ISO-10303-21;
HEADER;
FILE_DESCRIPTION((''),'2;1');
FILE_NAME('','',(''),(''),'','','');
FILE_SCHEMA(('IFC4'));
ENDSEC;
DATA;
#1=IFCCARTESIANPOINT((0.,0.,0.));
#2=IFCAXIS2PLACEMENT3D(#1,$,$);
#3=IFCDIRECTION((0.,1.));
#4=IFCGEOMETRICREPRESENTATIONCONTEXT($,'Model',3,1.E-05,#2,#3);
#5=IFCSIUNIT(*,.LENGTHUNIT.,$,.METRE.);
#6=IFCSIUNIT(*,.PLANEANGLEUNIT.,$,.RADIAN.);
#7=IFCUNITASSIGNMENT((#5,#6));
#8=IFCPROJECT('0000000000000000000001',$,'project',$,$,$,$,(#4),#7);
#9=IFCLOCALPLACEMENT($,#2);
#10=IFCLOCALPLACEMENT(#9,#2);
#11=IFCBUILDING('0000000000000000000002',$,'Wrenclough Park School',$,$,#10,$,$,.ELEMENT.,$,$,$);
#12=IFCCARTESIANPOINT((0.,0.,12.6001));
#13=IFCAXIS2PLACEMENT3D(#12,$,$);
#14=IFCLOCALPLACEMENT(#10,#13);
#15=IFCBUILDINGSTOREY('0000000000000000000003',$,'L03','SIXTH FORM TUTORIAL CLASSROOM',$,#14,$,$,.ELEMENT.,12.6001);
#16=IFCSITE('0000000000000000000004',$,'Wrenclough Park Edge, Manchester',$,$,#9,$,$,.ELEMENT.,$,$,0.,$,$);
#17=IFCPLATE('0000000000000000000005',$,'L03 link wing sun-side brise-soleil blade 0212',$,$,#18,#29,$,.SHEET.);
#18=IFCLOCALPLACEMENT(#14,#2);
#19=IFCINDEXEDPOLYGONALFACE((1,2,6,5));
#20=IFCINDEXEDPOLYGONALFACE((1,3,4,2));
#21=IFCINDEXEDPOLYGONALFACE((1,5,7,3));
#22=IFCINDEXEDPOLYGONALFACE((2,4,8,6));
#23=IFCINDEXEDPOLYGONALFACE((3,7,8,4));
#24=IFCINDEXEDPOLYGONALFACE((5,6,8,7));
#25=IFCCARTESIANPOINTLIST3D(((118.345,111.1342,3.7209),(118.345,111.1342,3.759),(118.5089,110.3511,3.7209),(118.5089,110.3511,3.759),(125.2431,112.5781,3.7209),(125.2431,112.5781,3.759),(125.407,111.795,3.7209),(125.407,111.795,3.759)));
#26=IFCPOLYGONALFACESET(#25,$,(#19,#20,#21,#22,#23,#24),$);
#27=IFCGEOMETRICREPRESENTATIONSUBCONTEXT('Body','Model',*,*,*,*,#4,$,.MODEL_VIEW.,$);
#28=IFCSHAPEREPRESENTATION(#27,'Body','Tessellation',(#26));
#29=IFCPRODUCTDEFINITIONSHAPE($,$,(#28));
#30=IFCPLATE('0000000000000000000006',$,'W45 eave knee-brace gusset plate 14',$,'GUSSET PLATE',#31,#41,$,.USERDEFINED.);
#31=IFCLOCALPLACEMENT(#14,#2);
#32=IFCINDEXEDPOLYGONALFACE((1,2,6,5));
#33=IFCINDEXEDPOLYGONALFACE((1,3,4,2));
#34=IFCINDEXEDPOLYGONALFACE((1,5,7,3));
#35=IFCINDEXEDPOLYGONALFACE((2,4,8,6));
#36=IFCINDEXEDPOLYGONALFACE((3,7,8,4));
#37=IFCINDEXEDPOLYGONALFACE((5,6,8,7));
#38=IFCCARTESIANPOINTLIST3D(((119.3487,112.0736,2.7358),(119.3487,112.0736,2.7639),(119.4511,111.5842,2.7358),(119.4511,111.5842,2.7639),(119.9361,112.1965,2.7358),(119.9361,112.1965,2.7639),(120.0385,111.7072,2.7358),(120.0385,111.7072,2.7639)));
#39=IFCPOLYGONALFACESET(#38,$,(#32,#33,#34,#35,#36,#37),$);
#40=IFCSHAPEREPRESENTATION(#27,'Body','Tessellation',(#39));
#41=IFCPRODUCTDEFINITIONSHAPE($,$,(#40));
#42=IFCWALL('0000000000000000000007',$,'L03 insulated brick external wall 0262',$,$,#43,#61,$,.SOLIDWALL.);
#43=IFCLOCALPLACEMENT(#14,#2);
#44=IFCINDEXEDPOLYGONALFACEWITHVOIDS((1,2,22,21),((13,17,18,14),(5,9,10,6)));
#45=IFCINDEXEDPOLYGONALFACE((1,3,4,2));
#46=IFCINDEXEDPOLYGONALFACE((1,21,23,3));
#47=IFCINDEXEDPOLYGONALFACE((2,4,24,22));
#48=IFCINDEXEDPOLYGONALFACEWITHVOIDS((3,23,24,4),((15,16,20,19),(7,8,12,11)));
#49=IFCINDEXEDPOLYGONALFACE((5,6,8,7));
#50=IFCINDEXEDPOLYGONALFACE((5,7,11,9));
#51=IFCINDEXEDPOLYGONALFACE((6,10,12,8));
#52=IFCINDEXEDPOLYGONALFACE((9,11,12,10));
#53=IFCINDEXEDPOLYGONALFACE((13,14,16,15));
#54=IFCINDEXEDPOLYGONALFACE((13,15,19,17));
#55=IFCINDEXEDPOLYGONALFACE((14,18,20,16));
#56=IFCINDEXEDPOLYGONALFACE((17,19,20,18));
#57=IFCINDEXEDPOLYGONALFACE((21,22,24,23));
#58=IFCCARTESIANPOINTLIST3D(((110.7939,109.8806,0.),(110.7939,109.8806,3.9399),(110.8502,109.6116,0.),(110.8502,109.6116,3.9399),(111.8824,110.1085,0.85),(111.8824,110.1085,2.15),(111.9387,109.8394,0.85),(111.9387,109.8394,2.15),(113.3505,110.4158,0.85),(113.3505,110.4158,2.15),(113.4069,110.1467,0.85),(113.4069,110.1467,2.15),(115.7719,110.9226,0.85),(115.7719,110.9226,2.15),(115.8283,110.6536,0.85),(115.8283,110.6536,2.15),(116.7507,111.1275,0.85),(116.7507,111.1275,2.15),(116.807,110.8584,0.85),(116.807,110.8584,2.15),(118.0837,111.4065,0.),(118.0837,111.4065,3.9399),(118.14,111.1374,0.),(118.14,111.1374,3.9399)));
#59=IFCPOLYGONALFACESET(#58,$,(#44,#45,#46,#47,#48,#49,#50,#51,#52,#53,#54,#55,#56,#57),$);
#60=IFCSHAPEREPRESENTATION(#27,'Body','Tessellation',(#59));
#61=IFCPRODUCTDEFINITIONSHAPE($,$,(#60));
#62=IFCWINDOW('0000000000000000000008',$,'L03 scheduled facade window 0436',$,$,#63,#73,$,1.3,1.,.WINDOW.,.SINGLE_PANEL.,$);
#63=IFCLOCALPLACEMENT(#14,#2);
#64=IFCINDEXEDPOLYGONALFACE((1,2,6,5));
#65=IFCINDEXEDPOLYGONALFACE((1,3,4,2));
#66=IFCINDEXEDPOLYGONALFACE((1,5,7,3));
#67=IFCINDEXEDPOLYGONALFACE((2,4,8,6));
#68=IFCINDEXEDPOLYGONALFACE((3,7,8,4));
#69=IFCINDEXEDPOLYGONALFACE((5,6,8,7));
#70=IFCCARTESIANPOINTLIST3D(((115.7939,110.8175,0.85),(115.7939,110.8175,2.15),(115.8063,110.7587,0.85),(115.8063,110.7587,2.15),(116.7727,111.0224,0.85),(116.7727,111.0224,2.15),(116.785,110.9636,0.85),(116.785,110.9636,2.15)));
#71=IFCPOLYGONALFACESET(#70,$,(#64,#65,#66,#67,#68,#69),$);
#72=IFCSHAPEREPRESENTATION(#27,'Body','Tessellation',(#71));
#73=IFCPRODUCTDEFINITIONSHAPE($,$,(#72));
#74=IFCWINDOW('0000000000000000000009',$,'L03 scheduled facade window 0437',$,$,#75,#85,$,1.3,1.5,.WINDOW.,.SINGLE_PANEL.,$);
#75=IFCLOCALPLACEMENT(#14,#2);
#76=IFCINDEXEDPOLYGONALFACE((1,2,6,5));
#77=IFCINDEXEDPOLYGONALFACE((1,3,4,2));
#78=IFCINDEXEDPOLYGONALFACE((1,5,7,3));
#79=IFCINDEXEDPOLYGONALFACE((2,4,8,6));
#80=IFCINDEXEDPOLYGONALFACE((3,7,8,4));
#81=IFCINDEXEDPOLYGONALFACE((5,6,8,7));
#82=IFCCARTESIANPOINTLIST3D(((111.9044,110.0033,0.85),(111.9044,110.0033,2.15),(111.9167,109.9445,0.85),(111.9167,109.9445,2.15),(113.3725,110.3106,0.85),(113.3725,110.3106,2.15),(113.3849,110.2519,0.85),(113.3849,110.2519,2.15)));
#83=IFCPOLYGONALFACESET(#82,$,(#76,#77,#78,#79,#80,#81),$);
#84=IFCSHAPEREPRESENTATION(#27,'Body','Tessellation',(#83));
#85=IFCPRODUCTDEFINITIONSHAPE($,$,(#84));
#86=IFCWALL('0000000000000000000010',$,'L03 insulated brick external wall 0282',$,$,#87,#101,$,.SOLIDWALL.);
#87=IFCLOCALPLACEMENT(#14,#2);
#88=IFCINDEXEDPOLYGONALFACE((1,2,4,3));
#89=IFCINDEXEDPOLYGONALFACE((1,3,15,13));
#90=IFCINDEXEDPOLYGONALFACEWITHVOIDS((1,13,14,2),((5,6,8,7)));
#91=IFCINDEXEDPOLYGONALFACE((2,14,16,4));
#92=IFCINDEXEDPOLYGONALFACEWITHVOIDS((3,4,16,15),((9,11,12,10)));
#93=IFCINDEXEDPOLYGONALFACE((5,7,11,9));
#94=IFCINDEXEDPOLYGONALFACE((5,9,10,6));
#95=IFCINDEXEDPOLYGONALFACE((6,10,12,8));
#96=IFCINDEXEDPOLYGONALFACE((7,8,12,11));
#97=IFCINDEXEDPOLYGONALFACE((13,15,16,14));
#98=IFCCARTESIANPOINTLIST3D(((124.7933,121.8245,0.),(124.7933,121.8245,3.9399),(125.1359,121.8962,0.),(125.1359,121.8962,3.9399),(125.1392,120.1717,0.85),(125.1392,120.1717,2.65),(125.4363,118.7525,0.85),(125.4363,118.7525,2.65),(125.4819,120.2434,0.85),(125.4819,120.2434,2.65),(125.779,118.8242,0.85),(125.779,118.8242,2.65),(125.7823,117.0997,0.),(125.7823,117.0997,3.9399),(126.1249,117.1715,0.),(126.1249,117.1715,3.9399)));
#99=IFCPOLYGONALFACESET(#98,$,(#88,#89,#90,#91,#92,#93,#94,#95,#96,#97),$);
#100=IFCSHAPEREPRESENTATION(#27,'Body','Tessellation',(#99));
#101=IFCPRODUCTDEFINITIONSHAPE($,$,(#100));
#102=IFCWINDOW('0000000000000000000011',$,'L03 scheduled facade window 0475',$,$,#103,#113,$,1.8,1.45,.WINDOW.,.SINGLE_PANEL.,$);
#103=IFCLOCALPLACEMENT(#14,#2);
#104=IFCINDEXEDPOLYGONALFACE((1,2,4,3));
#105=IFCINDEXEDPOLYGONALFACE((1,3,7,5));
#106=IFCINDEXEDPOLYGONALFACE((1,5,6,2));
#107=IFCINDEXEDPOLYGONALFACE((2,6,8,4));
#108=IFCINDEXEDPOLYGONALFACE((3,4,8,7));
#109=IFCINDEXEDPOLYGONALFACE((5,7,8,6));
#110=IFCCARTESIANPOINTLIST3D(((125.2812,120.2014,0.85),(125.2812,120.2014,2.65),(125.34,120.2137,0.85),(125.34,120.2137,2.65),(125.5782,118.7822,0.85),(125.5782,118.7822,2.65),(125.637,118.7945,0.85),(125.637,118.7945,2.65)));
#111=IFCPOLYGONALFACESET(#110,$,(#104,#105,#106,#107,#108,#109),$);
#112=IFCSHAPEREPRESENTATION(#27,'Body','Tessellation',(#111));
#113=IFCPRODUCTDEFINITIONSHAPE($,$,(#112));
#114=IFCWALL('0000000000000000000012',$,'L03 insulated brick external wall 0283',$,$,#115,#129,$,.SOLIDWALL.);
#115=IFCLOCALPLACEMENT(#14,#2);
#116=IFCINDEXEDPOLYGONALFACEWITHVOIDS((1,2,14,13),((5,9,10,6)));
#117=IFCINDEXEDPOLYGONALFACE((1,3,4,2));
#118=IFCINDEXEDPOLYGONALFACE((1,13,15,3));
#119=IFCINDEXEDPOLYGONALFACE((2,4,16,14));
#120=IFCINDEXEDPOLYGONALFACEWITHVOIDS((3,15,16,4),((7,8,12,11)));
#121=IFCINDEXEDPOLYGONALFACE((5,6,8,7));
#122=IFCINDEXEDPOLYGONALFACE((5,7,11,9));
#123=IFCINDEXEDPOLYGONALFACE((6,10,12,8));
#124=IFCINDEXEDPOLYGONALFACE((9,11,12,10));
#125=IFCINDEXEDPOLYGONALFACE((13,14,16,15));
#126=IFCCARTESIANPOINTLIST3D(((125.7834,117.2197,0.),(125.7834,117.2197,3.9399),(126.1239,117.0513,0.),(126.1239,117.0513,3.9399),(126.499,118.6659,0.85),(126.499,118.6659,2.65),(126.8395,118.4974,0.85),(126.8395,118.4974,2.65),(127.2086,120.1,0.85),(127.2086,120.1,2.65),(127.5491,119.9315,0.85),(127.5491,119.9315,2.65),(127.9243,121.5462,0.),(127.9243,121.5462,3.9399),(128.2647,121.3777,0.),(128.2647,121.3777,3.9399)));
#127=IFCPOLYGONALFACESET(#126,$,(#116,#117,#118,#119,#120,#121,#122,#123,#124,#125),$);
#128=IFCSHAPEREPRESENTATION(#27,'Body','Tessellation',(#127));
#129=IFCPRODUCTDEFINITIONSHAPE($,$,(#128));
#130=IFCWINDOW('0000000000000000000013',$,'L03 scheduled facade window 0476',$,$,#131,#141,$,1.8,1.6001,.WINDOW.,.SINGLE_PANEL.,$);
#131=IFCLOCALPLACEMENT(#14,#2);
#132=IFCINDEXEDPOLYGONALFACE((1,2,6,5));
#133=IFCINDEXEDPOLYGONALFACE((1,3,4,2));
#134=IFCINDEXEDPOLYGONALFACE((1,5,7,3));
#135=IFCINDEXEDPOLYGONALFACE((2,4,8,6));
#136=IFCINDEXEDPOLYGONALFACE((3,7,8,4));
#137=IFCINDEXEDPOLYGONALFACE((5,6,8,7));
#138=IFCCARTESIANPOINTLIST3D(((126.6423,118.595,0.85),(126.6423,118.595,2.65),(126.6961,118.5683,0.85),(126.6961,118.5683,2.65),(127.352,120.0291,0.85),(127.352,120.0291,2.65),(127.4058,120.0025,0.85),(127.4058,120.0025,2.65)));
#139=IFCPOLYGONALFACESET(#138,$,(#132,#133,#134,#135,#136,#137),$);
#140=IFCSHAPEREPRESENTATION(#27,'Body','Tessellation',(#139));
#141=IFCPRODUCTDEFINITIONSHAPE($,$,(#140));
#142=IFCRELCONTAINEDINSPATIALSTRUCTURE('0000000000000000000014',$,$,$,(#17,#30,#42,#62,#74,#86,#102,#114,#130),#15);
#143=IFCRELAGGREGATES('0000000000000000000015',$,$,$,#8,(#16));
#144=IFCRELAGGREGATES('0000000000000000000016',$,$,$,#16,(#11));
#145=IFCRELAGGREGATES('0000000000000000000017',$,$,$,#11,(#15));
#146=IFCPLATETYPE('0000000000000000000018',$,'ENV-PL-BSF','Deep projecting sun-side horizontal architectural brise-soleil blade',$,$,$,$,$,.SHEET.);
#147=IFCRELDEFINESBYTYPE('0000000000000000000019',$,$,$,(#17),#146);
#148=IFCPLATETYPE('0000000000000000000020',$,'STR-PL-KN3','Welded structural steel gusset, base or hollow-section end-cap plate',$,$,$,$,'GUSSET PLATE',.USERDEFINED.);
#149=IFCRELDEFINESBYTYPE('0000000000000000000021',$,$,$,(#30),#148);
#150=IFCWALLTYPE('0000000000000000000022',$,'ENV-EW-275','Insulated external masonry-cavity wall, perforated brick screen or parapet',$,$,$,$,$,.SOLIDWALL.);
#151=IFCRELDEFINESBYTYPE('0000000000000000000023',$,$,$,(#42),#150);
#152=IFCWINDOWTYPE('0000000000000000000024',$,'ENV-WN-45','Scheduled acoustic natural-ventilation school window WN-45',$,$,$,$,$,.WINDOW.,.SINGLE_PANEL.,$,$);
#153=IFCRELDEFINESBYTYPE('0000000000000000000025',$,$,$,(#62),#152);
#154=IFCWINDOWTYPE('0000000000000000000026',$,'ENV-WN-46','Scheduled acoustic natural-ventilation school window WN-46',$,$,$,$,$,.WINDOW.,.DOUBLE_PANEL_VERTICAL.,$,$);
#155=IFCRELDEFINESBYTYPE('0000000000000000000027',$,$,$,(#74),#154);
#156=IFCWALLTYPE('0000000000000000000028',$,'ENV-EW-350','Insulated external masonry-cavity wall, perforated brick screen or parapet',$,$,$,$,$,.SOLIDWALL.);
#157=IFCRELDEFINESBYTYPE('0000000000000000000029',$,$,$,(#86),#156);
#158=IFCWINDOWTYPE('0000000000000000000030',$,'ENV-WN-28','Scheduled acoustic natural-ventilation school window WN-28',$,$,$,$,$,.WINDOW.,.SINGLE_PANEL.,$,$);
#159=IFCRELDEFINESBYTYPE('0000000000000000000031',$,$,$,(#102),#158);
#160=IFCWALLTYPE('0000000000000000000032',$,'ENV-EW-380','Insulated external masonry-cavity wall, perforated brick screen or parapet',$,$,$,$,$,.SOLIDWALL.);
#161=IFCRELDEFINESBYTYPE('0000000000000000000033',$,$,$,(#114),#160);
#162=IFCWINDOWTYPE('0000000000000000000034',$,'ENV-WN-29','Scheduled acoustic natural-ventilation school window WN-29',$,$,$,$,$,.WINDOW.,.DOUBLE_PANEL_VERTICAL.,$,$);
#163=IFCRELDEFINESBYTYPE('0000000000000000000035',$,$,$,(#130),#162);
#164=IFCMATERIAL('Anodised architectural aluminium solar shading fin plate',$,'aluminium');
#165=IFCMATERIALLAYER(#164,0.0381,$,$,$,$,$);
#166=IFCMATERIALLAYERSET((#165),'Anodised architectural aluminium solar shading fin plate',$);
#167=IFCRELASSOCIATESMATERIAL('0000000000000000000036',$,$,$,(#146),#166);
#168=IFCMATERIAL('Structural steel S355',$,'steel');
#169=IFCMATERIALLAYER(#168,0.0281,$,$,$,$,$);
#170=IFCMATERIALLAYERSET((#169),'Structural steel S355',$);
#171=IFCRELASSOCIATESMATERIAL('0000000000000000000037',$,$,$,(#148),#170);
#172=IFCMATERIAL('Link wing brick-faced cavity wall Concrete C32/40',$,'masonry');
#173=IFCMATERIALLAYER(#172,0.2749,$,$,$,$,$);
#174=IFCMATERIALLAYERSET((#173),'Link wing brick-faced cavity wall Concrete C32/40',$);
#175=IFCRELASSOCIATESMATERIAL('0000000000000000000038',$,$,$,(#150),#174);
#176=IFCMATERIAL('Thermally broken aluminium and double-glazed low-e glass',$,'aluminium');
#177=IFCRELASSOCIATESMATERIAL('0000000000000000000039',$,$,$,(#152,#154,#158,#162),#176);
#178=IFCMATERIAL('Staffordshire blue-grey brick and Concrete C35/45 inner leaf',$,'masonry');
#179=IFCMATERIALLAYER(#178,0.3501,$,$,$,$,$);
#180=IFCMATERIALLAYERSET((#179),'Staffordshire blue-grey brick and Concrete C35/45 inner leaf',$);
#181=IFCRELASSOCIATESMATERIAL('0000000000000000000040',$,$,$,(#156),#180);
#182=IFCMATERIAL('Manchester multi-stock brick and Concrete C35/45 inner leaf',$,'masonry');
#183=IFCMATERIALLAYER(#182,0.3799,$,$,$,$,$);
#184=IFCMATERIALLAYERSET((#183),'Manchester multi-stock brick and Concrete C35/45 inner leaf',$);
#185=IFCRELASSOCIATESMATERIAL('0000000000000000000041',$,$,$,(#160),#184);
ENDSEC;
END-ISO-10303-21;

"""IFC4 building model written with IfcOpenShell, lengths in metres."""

from ifc_helpers import new_model, si_unit, direction, frame, frame_2d, origin, origin_2d, place, context, subcontext, project, spatial, rectangle, extrude, material, layer, layer_set, type_object, element, fill, save


model = new_model("IFC4")

# Units and contexts
model_context = context("Model", 3, precision=1e-05, world=origin(), true_north=direction((0.0, 1.0)))
body_context = subcontext(model_context, "Body", "Model", "MODEL_VIEW")
ifc_project = project(units=[si_unit("LENGTHUNIT", "METRE"), si_unit("PLANEANGLEUNIT", "RADIAN")], contexts=[model_context])

# Site, building, storey
site_placement = place(None, origin())
site = spatial("IfcSite", under=ifc_project, at=site_placement, Name="Wrenclough Park Edge, Manchester", CompositionType="ELEMENT", RefElevation=0.0)
building_placement = place(site_placement, origin())
building = spatial("IfcBuilding", under=site, at=building_placement, Name="Wrenclough Park School", CompositionType="ELEMENT")
storey_placement = place(building_placement, frame((0.0, 0.0, 12.6001)))
storey = spatial("IfcBuildingStorey", under=building, at=storey_placement, Name="L03", Description="SIXTH FORM TUTORIAL CLASSROOM", CompositionType="ELEMENT", Elevation=12.6001)

# Shared definitions
ifc_material_1 = material(Name="Structural steel S355", Category="steel")

# Plates
ifc_material_2 = material(Name="Anodised architectural aluminium solar shading fin plate", Category="aluminium")
ifc_layer_1 = layer(ifc_material_2, 0.0381)
ifc_layer_set_1 = layer_set([ifc_layer_1], Name="Anodised architectural aluminium solar shading fin plate")
plate_type_1 = type_object("IfcPlateType", Name="ENV-PL-BSF", Description="Deep projecting sun-side horizontal architectural brise-soleil blade", PredefinedType="SHEET", material=ifc_layer_set_1)
plate_1_placement = place(storey_placement, frame((121.876, 111.4646, 3.7209), z_axis=(0.0, 0.0, 1.0), x_axis=(-0.978789, -0.204869, 0.0)))
element("IfcPlate", 1, at=plate_1_placement, inside=storey, type_object=plate_type_1, Name="L03 link wing sun-side brise-soleil blade 0212", PredefinedType="SHEET", context=body_context, shape_type="SweptSolid", body=[
    extrude(rectangle(XDim=7.0476, YDim=0.8, at=origin_2d()), origin(), (0.0, 0.0, 1.0), 0.0381),
])
ifc_layer_2 = layer(ifc_material_1, 0.0281)
ifc_layer_set_2 = layer_set([ifc_layer_2], Name="Structural steel S355")
plate_type_2 = type_object("IfcPlateType", Name="STR-PL-KN3", Description="Welded structural steel gusset, base or hollow-section end-cap plate", ElementType="GUSSET PLATE", PredefinedType="USERDEFINED", material=ifc_layer_set_2)
plate_2_placement = place(storey_placement, frame((119.6936, 111.8904, 2.7358), z_axis=(0.0, 0.0, 1.0), x_axis=(0.978791, 0.204863, 0.0)))
element("IfcPlate", 2, at=plate_2_placement, inside=storey, type_object=plate_type_2, Name="W45 eave knee-brace gusset plate 14", ObjectType="GUSSET PLATE", PredefinedType="USERDEFINED", context=body_context, shape_type="SweptSolid", body=[
    extrude(rectangle(XDim=0.6001, YDim=0.5, at=origin_2d()), origin(), (0.0, 0.0, 1.0), 0.0281),
])

# Wall, openings, windows
ifc_material_3 = material(Name="Link wing brick-faced cavity wall Concrete C32/40", Category="masonry")
ifc_layer_3 = layer(ifc_material_3, 0.2749)
ifc_layer_set_3 = layer_set([ifc_layer_3], Name="Link wing brick-faced cavity wall Concrete C32/40")
wall_type_1 = type_object("IfcWallType", Name="ENV-EW-275", Description="Insulated external masonry-cavity wall, perforated brick screen or parapet", PredefinedType="SOLIDWALL", material=ifc_layer_set_3)
wall_1_placement = place(storey_placement, frame((118.1118, 111.272, 0.0), z_axis=(0.0, 0.0, 1.0), x_axis=(-0.978788, -0.204877, 0.0)))
wall_1 = element("IfcWall", 3, at=wall_1_placement, inside=storey, type_object=wall_type_1, Name="L03 insulated brick external wall 0262", PredefinedType="SOLIDWALL", context=body_context, shape_type="SweptSolid", body=[
    extrude(rectangle(XDim=7.4478, YDim=0.2749, at=frame_2d((3.7239, 0.0))), origin(), (0.0, 0.0, 1.0), 3.9399),
])
opening_1_placement = place(wall_1_placement, frame((1.3618, 0.0, 0.8501)))
opening_1 = element("IfcOpeningElement", 4, at=opening_1_placement, cuts=wall_1, PredefinedType="OPENING", context=body_context, shape_type="SweptSolid", body=[
    extrude(rectangle(XDim=1.0, YDim=1.3, at=frame_2d((0.5, 0.6499))), frame((0.0, 0.1475, 0.0), z_axis=(0.0, -1.0, 0.0), x_axis=(1.0, 0.0, 0.0)), (0.0, 0.0, 1.0), 0.2949),
])
opening_2_placement = place(wall_1_placement, frame((4.8357, 0.0, 0.8501)))
opening_2 = element("IfcOpeningElement", 5, at=opening_2_placement, cuts=wall_1, PredefinedType="OPENING", context=body_context, shape_type="SweptSolid", body=[
    extrude(rectangle(XDim=1.5, YDim=1.3, at=frame_2d((0.75, 0.6499))), frame((0.0, 0.1475, 0.0), z_axis=(0.0, -1.0, 0.0), x_axis=(1.0, 0.0, 0.0)), (0.0, 0.0, 1.0), 0.2949),
])
ifc_material_4 = material(Name="Thermally broken aluminium and double-glazed low-e glass", Category="aluminium")
window_type_1 = type_object("IfcWindowType", Name="ENV-WN-45", Description="Scheduled acoustic natural-ventilation school window WN-45", PartitioningType="SINGLE_PANEL", PredefinedType="WINDOW", material=ifc_material_4)
window_1_placement = place(opening_1_placement, origin())
window_1 = element("IfcWindow", 6, at=window_1_placement, inside=storey, type_object=window_type_1, Name="L03 scheduled facade window 0436", OverallHeight=1.3, OverallWidth=1.0, PartitioningType="SINGLE_PANEL", PredefinedType="WINDOW", context=body_context, shape_type="SweptSolid", body=[
    extrude(rectangle(XDim=1.0, YDim=1.3, at=frame_2d((0.5, 0.6499))), frame((0.0, 0.03, 0.0), z_axis=(0.0, -1.0, 0.0), x_axis=(1.0, 0.0, 0.0)), (0.0, 0.0, 1.0), 0.0601),
])
fill(opening_1, window_1)
window_type_2 = type_object("IfcWindowType", Name="ENV-WN-46", Description="Scheduled acoustic natural-ventilation school window WN-46", PartitioningType="DOUBLE_PANEL_VERTICAL", PredefinedType="WINDOW", material=ifc_material_4)
window_2_placement = place(opening_2_placement, origin())
window_2 = element("IfcWindow", 7, at=window_2_placement, inside=storey, type_object=window_type_2, Name="L03 scheduled facade window 0437", OverallHeight=1.3, OverallWidth=1.5, PartitioningType="SINGLE_PANEL", PredefinedType="WINDOW", context=body_context, shape_type="SweptSolid", body=[
    extrude(rectangle(XDim=1.5, YDim=1.3, at=frame_2d((0.75, 0.6499))), frame((0.0, 0.03, 0.0), z_axis=(0.0, -1.0, 0.0), x_axis=(1.0, 0.0, 0.0)), (0.0, 0.0, 1.0), 0.0601),
])
fill(opening_2, window_2)

# Walls, openings, windows
ifc_material_5 = material(Name="Staffordshire blue-grey brick and Concrete C35/45 inner leaf", Category="masonry")
ifc_layer_4 = layer(ifc_material_5, 0.3501)
ifc_layer_set_4 = layer_set([ifc_layer_4], Name="Staffordshire blue-grey brick and Concrete C35/45 inner leaf")
wall_type_2 = type_object("IfcWallType", Name="ENV-EW-350", Description="Insulated external masonry-cavity wall, perforated brick screen or parapet", PredefinedType="SOLIDWALL", material=ifc_layer_set_4)
wall_2_placement = place(storey_placement, frame((124.9646, 121.8604, 0.0), z_axis=(0.0, 0.0, 1.0), x_axis=(0.204881, -0.978787, 0.0)))
wall_2 = element("IfcWall", 8, at=wall_2_placement, inside=storey, type_object=wall_type_2, Name="L03 insulated brick external wall 0282", PredefinedType="SOLIDWALL", context=body_context, shape_type="SweptSolid", body=[
    extrude(rectangle(XDim=4.8271, YDim=0.3501, at=frame_2d((2.4136, 0.0))), origin(), (0.0, 0.0, 1.0), 3.9399),
])
opening_3_placement = place(wall_2_placement, frame((1.6885, 0.0, 0.8501)))
opening_3 = element("IfcOpeningElement", 9, at=opening_3_placement, cuts=wall_2, PredefinedType="OPENING", context=body_context, shape_type="SweptSolid", body=[
    extrude(rectangle(XDim=1.45, YDim=1.8, at=frame_2d((0.7251, 0.8999))), frame((0.0, 0.1851, 0.0), z_axis=(0.0, -1.0, 0.0), x_axis=(1.0, 0.0, 0.0)), (0.0, 0.0, 1.0), 0.3701),
])
window_type_3 = type_object("IfcWindowType", Name="ENV-WN-28", Description="Scheduled acoustic natural-ventilation school window WN-28", PartitioningType="SINGLE_PANEL", PredefinedType="WINDOW", material=ifc_material_4)
window_3_placement = place(opening_3_placement, origin())
window_3 = element("IfcWindow", 10, at=window_3_placement, inside=storey, type_object=window_type_3, Name="L03 scheduled facade window 0475", OverallHeight=1.8, OverallWidth=1.45, PartitioningType="SINGLE_PANEL", PredefinedType="WINDOW", context=body_context, shape_type="SweptSolid", body=[
    extrude(rectangle(XDim=1.45, YDim=1.8, at=frame_2d((0.7251, 0.8999))), frame((0.0, 0.03, 0.0), z_axis=(0.0, -1.0, 0.0), x_axis=(1.0, 0.0, 0.0)), (0.0, 0.0, 1.0), 0.0601),
])
fill(opening_3, window_3)
ifc_material_6 = material(Name="Manchester multi-stock brick and Concrete C35/45 inner leaf", Category="masonry")
ifc_layer_5 = layer(ifc_material_6, 0.3799)
ifc_layer_set_5 = layer_set([ifc_layer_5], Name="Manchester multi-stock brick and Concrete C35/45 inner leaf")
wall_type_3 = type_object("IfcWallType", Name="ENV-EW-380", Description="Insulated external masonry-cavity wall, perforated brick screen or parapet", PredefinedType="SOLIDWALL", material=ifc_layer_set_5)
wall_3_placement = place(storey_placement, frame((125.9536, 117.1355, 0.0), z_axis=(0.0, 0.0, 1.0), x_axis=(0.443508, 0.896271, 0.0)))
wall_3 = element("IfcWall", 11, at=wall_3_placement, inside=storey, type_object=wall_type_3, Name="L03 insulated brick external wall 0283", PredefinedType="SOLIDWALL", context=body_context, shape_type="SweptSolid", body=[
    extrude(rectangle(XDim=4.8271, YDim=0.3799, at=frame_2d((2.4136, 0.0))), origin(), (0.0, 0.0, 1.0), 3.9399),
])
opening_4_placement = place(wall_3_placement, frame((1.6135, 0.0, 0.8501)))
opening_4 = element("IfcOpeningElement", 12, at=opening_4_placement, cuts=wall_3, PredefinedType="OPENING", context=body_context, shape_type="SweptSolid", body=[
    extrude(rectangle(XDim=1.6001, YDim=1.8, at=frame_2d((0.8, 0.8999))), frame((0.0, 0.2, 0.0), z_axis=(0.0, -1.0, 0.0), x_axis=(1.0, 0.0, 0.0)), (0.0, 0.0, 1.0), 0.3999),
])
window_type_4 = type_object("IfcWindowType", Name="ENV-WN-29", Description="Scheduled acoustic natural-ventilation school window WN-29", PartitioningType="DOUBLE_PANEL_VERTICAL", PredefinedType="WINDOW", material=ifc_material_4)
window_4_placement = place(opening_4_placement, origin())
window_4 = element("IfcWindow", 13, at=window_4_placement, inside=storey, type_object=window_type_4, Name="L03 scheduled facade window 0476", OverallHeight=1.8, OverallWidth=1.6001, PartitioningType="SINGLE_PANEL", PredefinedType="WINDOW", context=body_context, shape_type="SweptSolid", body=[
    extrude(rectangle(XDim=1.6001, YDim=1.8, at=frame_2d((0.8, 0.8999))), frame((0.0, 0.03, 0.0), z_axis=(0.0, -1.0, 0.0), x_axis=(1.0, 0.0, 0.0)), (0.0, 0.0, 1.0), 0.0601),
])
fill(opening_4, window_4)

save(model, "model.ifc")
